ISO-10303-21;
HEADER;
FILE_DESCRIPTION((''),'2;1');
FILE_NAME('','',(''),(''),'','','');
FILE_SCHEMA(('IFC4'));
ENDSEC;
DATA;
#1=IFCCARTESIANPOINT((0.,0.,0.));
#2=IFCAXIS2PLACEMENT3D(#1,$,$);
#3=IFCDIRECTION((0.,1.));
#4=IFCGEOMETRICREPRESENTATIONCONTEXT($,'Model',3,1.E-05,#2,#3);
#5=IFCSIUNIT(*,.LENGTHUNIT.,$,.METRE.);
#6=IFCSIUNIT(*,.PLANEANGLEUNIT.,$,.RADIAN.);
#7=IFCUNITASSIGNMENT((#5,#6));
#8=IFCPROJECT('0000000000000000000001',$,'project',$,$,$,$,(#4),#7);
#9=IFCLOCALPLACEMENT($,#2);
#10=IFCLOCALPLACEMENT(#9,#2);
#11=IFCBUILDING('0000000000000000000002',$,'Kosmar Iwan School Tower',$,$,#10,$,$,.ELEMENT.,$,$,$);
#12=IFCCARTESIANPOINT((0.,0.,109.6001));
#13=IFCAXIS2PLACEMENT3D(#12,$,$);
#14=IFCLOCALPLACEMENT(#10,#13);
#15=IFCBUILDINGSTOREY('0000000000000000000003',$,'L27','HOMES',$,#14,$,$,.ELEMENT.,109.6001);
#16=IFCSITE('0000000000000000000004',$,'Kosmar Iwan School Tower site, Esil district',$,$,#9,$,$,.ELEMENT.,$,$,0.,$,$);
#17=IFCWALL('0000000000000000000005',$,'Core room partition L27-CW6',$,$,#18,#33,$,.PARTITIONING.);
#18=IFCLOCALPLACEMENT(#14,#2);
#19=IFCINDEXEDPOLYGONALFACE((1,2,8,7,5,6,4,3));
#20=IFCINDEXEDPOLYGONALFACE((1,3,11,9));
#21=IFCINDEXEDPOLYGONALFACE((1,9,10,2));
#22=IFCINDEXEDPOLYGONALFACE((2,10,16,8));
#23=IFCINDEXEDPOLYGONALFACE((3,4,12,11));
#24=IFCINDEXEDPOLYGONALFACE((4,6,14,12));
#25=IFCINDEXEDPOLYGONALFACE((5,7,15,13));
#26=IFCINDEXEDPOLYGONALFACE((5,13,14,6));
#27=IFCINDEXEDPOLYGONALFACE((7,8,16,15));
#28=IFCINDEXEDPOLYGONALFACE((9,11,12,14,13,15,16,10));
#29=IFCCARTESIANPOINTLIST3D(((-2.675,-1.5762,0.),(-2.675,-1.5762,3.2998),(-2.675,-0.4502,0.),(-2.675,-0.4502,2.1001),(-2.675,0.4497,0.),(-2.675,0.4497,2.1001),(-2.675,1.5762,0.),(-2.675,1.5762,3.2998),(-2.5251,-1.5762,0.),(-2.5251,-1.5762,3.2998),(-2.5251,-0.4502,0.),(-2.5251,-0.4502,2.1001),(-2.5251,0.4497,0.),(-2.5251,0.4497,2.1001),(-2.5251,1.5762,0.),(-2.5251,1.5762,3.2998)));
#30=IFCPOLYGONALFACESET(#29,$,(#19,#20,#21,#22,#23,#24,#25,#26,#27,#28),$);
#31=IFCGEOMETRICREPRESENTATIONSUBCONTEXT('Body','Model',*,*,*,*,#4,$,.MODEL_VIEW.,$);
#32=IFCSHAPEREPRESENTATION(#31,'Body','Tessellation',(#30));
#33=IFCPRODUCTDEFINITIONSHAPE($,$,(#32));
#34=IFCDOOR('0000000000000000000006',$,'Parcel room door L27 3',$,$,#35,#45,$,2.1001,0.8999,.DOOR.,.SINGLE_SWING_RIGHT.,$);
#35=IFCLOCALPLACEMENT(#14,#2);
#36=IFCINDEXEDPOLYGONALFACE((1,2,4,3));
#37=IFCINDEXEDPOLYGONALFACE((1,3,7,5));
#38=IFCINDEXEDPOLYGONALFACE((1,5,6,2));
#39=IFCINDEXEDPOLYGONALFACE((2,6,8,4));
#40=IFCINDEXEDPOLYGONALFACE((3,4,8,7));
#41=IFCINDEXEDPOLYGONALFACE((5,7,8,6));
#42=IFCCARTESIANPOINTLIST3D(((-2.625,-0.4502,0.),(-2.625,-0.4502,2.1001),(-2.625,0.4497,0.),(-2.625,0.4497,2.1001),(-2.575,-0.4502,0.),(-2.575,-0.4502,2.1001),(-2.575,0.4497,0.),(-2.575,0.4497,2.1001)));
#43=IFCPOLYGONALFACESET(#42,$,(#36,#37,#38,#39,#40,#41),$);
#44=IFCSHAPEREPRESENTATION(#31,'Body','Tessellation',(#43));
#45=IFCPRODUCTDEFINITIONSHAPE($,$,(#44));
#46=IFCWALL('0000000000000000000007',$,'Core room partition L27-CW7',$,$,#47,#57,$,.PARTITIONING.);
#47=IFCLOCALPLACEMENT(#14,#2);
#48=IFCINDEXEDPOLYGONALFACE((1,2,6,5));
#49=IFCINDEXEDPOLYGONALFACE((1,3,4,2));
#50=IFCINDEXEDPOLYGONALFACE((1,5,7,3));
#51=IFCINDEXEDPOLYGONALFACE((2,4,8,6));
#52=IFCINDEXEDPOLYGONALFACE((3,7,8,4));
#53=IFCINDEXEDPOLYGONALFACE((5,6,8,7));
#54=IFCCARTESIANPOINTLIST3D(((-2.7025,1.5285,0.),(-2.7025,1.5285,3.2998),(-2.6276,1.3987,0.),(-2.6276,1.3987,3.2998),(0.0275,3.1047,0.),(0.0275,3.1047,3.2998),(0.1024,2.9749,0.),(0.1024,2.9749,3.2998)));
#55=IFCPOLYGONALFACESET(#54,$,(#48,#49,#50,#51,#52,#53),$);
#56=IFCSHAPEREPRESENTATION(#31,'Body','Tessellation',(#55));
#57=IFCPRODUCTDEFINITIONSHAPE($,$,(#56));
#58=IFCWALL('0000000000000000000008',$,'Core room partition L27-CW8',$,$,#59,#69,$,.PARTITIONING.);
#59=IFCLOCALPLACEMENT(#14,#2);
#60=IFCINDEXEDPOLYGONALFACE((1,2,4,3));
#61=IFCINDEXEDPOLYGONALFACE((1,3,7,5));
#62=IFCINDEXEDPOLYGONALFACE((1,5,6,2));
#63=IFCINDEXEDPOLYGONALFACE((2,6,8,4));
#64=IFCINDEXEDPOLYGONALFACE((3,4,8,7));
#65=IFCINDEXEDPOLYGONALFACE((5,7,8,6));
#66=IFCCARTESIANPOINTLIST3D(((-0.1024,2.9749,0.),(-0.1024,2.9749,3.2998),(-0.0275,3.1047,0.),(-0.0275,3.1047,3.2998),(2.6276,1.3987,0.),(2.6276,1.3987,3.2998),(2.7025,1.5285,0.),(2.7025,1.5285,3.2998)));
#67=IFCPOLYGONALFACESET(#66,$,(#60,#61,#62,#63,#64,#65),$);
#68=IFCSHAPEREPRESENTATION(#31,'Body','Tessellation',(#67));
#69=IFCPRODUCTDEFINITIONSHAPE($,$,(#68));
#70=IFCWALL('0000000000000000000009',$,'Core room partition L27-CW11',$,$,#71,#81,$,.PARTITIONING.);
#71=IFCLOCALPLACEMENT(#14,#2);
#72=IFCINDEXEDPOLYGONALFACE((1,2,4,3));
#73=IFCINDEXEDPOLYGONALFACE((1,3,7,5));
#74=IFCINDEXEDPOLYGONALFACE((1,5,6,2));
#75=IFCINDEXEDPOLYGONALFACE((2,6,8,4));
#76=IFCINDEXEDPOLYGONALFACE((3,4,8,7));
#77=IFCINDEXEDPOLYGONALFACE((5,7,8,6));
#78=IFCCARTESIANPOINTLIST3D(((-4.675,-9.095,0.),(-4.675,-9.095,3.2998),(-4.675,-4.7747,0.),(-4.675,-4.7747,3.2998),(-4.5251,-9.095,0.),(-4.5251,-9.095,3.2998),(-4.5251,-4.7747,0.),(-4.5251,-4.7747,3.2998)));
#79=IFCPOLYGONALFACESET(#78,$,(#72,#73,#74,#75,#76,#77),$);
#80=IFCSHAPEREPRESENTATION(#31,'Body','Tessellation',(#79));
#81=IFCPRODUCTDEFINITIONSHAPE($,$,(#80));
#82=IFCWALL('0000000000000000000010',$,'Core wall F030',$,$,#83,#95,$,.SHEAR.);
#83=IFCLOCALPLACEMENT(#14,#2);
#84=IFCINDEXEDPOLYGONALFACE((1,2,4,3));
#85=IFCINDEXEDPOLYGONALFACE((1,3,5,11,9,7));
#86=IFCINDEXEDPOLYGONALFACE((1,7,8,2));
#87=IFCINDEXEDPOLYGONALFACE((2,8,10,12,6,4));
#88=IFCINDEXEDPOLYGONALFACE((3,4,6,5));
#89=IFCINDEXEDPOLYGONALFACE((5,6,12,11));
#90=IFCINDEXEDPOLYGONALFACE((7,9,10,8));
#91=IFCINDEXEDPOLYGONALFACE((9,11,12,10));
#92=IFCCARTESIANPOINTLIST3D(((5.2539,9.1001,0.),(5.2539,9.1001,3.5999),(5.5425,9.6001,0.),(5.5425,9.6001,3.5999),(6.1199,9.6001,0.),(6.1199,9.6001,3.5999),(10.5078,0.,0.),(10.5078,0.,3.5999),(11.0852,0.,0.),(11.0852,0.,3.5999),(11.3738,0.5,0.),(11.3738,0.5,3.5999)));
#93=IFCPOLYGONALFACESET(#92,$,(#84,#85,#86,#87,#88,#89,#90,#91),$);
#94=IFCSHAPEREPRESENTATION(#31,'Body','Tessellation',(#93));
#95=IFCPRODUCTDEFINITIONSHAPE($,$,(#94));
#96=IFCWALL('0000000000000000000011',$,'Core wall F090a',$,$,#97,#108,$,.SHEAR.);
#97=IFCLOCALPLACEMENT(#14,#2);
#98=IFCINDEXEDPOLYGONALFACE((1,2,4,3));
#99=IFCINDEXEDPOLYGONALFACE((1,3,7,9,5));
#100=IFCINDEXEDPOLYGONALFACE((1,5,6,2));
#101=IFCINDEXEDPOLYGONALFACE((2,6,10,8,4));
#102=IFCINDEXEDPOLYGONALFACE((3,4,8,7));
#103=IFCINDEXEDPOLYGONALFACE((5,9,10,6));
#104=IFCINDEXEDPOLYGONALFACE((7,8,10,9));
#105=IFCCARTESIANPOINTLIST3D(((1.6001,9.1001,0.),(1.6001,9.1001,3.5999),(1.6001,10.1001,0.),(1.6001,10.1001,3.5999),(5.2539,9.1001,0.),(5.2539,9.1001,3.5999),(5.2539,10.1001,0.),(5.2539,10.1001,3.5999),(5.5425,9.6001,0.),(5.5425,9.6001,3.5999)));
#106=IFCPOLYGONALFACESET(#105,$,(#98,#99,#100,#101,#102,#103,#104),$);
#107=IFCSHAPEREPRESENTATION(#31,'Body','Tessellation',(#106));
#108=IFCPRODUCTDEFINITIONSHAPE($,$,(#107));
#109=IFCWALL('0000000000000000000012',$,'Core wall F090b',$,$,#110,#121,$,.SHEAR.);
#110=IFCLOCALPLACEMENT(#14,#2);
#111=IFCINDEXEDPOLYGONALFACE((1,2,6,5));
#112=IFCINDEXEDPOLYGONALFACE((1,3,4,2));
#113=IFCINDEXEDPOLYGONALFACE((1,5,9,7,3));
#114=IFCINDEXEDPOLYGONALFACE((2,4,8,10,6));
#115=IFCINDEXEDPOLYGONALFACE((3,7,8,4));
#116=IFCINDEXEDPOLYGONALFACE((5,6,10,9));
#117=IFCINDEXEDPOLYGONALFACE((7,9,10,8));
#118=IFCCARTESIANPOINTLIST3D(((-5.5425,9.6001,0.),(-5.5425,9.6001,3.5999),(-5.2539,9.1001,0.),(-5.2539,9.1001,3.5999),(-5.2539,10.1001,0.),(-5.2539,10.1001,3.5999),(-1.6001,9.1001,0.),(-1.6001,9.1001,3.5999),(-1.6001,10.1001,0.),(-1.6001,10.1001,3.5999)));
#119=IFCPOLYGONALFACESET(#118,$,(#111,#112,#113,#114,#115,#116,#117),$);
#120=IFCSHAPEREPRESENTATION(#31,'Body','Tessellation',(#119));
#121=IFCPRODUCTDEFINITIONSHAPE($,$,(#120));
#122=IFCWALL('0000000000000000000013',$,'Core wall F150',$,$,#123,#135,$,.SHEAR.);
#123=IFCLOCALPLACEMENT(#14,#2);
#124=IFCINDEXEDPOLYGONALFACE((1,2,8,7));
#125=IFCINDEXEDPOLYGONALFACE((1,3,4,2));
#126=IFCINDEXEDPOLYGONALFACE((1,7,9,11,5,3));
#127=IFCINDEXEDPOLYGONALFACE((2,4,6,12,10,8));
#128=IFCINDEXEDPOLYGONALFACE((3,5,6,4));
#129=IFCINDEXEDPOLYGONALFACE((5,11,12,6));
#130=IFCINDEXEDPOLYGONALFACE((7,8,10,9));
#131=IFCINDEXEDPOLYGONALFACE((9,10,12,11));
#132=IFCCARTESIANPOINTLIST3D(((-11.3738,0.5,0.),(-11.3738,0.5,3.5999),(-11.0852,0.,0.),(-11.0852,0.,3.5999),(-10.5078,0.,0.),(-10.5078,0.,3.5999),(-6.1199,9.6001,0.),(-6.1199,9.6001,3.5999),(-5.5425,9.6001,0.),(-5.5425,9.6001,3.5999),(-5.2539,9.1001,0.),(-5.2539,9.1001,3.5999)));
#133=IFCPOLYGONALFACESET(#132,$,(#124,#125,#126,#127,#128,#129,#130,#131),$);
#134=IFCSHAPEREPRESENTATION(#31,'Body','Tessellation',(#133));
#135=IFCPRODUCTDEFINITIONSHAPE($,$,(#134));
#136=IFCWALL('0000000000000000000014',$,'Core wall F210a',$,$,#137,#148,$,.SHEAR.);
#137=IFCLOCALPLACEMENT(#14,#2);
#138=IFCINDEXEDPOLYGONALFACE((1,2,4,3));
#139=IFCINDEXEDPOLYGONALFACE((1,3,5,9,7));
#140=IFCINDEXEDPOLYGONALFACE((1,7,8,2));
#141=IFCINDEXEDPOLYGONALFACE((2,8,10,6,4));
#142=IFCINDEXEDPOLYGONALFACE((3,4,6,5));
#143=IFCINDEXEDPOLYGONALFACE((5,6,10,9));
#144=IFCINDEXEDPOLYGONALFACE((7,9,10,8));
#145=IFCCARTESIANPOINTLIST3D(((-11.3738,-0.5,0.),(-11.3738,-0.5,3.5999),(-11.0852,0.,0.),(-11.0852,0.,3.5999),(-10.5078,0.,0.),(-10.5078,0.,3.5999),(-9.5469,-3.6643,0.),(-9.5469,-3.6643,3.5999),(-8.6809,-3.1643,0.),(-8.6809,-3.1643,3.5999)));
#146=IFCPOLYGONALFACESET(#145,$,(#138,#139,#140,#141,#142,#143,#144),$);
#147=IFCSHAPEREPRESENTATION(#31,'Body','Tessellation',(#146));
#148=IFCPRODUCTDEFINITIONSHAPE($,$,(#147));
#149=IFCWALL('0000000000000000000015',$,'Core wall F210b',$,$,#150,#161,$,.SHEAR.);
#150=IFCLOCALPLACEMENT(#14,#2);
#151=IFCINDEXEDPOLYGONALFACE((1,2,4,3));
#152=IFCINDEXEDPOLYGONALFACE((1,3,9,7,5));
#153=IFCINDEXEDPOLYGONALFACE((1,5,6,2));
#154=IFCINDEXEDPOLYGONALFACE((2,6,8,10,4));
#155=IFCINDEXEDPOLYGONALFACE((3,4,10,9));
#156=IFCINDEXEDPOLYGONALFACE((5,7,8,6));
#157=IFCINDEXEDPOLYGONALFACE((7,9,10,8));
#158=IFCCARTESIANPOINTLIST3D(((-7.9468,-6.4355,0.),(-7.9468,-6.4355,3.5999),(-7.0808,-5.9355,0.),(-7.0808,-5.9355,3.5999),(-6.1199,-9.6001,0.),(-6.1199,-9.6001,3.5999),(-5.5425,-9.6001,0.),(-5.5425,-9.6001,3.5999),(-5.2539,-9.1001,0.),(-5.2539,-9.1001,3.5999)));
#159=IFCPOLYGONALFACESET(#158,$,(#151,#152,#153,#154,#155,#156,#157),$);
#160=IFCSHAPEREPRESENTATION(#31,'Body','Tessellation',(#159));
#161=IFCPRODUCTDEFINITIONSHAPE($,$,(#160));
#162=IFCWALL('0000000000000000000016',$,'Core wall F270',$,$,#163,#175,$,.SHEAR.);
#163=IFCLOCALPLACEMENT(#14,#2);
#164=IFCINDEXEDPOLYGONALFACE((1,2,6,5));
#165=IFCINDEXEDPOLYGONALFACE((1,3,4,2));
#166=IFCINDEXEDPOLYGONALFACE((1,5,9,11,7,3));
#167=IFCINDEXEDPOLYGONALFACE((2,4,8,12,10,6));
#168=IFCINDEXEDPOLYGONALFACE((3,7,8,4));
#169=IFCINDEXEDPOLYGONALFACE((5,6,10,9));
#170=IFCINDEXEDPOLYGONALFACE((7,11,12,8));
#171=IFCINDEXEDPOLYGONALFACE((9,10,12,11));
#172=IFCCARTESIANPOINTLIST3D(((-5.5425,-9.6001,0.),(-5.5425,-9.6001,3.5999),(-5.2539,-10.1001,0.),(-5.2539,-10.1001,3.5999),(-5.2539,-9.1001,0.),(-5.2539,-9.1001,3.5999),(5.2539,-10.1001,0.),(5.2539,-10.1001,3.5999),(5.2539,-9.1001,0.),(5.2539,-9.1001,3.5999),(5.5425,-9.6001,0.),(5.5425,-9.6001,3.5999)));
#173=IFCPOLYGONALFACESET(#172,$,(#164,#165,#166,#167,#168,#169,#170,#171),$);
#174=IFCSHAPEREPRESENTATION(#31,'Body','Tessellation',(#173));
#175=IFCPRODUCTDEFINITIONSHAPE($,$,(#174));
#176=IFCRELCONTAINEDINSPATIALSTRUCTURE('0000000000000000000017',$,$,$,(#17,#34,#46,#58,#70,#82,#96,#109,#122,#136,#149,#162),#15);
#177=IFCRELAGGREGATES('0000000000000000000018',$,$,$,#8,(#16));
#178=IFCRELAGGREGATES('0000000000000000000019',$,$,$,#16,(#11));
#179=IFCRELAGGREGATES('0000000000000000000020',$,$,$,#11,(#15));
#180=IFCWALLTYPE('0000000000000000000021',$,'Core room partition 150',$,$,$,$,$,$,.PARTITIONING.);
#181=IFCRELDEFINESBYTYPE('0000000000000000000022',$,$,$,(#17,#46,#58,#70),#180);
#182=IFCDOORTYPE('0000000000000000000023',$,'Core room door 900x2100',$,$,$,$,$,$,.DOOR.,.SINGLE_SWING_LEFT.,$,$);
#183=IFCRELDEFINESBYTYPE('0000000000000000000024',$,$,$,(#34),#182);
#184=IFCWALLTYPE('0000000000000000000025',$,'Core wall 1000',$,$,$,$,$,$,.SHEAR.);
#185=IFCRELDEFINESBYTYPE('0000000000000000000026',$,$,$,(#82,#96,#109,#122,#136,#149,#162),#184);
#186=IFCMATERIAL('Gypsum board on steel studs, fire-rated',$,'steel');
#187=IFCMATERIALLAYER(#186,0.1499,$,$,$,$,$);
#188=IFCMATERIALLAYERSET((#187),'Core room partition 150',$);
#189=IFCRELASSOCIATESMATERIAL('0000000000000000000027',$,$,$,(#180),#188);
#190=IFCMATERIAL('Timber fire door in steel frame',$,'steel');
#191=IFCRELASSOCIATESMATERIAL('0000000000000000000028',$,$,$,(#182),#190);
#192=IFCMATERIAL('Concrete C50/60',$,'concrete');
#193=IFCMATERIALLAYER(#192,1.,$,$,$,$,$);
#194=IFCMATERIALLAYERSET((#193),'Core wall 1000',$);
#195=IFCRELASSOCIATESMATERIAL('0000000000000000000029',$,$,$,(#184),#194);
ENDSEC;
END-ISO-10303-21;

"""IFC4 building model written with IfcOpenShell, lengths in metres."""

from ifc_helpers import new_model, si_unit, direction, frame, frame_2d, origin, place, context, subcontext, project, spatial, polyline, rectangle, outline, extrude, material, layer, layer_set, type_object, element, fill, save


model = new_model("IFC4")

# Units and contexts
model_context = context("Model", 3, precision=1e-05, world=origin(), true_north=direction((0.0, 1.0)))
body_context = subcontext(model_context, "Body", "Model", "MODEL_VIEW")
ifc_project = project(units=[si_unit("LENGTHUNIT", "METRE"), si_unit("PLANEANGLEUNIT", "RADIAN")], contexts=[model_context])

# Site, building, storey
site_placement = place(None, origin())
site = spatial("IfcSite", under=ifc_project, at=site_placement, Name="Kosmar Iwan School Tower site, Esil district", CompositionType="ELEMENT", RefElevation=0.0)
building_placement = place(site_placement, origin())
building = spatial("IfcBuilding", under=site, at=building_placement, Name="Kosmar Iwan School Tower", CompositionType="ELEMENT")
storey_placement = place(building_placement, frame((0.0, 0.0, 109.6001)))
storey = spatial("IfcBuildingStorey", under=building, at=storey_placement, Name="L27", Description="HOMES", CompositionType="ELEMENT", Elevation=109.6001)

# Shared definitions
ifc_material_1 = material(Name="Gypsum board on steel studs, fire-rated", Category="steel")
ifc_layer_1 = layer(ifc_material_1, 0.1499)
ifc_layer_set_1 = layer_set([ifc_layer_1], Name="Core room partition 150")
wall_type_1 = type_object("IfcWallType", Name="Core room partition 150", PredefinedType="PARTITIONING", material=ifc_layer_set_1)
ifc_material_2 = material(Name="Timber fire door in steel frame", Category="steel")
door_type_1 = type_object("IfcDoorType", Name="Core room door 900x2100", OperationType="SINGLE_SWING_LEFT", PredefinedType="DOOR", material=ifc_material_2)

# Wall, opening, door
wall_1_placement = place(storey_placement, frame((-2.6001, -1.5762, 0.0), z_axis=(0.0, 0.0, 1.0), x_axis=(0.0, 1.0, 0.0)))
wall_1 = element("IfcWall", 1, at=wall_1_placement, inside=storey, type_object=wall_type_1, Name="Core room partition L27-CW6", PredefinedType="PARTITIONING", context=body_context, shape_type="SweptSolid", body=[
    extrude(rectangle(XDim=3.1523, YDim=0.1499, at=frame_2d((1.5762, 0.0))), origin(), (0.0, 0.0, 1.0), 3.2998),
])
opening_1_placement = place(wall_1_placement, frame((1.126, 0.0, 0.0)))
opening_1 = element("IfcOpeningElement", 2, at=opening_1_placement, cuts=wall_1, PredefinedType="OPENING", context=body_context, shape_type="SweptSolid", body=[
    extrude(rectangle(XDim=0.8999, YDim=2.1001, at=frame_2d((0.45, 1.05))), frame((0.0, 0.0869, 0.0), z_axis=(0.0, -1.0, 0.0), x_axis=(1.0, 0.0, 0.0)), (0.0, 0.0, 1.0), 0.1738),
])
door_1_placement = place(opening_1_placement, origin())
door_1 = element("IfcDoor", 3, at=door_1_placement, inside=storey, type_object=door_type_1, Name="Parcel room door L27 3", OperationType="SINGLE_SWING_RIGHT", OverallHeight=2.1001, OverallWidth=0.8999, PredefinedType="DOOR", context=body_context, shape_type="SweptSolid", body=[
    extrude(rectangle(XDim=0.8999, YDim=2.1001, at=frame_2d((0.45, 1.05))), frame((0.0, 0.0249, 0.0), z_axis=(0.0, -1.0, 0.0), x_axis=(1.0, 0.0, 0.0)), (0.0, 0.0, 1.0), 0.05),
])
fill(opening_1, door_1)

# Walls
for number, where, z_axis, x_axis, name in (
    (4, (-2.665, 1.4636, 0.0), (0.0, 0.0, 1.0), (0.866023, 0.500004, 0.0), "Core room partition L27-CW7"),
    (5, (-0.0649, 3.0398, 0.0), (0.0, 0.0, 1.0), (0.866023, -0.500004, 0.0), "Core room partition L27-CW8"),
):
    element("IfcWall", number, at=place(storey_placement, frame(where, z_axis=z_axis, x_axis=x_axis)), inside=storey, type_object=wall_type_1, Name=name, PredefinedType="PARTITIONING", context=body_context, shape_type="SweptSolid", body=[
        extrude(rectangle(XDim=3.1523, YDim=0.1499, at=frame_2d((1.5762, 0.0))), origin(), (0.0, 0.0, 1.0), 3.2998),
    ])
wall_2_placement = place(storey_placement, frame((-4.6001, -4.7747, 0.0), z_axis=(0.0, 0.0, 1.0), x_axis=(0.0, -1.0, 0.0)))
element("IfcWall", 6, at=wall_2_placement, inside=storey, type_object=wall_type_1, Name="Core room partition L27-CW11", PredefinedType="PARTITIONING", context=body_context, shape_type="SweptSolid", body=[
    extrude(rectangle(XDim=4.3203, YDim=0.1499, at=frame_2d((2.1602, 0.0))), origin(), (0.0, 0.0, 1.0), 3.2998),
])
ifc_material_3 = material(Name="Concrete C50/60", Category="concrete")
ifc_layer_2 = layer(ifc_material_3, 1.0)
ifc_layer_set_2 = layer_set([ifc_layer_2], Name="Core wall 1000")
wall_type_2 = type_object("IfcWallType", Name="Core wall 1000", PredefinedType="SHEAR", material=ifc_layer_set_2)
wall_3_placement = place(storey_placement, origin())
element("IfcWall", 7, at=wall_3_placement, inside=storey, type_object=wall_type_2, Name="Core wall F030", PredefinedType="SHEAR", context=body_context, shape_type="SweptSolid", body=[
    extrude(outline(polyline([(10.5078, 0.0), (11.0852, 0.0), (11.3738, 0.5), (6.1199, 9.6001), (5.5425, 9.6001), (5.2539, 9.1001), (10.5078, 0.0)])), origin(), (0.0, 0.0, 1.0), 3.5999),
])
wall_4_placement = place(storey_placement, origin())
element("IfcWall", 8, at=wall_4_placement, inside=storey, type_object=wall_type_2, Name="Core wall F090a", PredefinedType="SHEAR", context=body_context, shape_type="SweptSolid", body=[
    extrude(outline(polyline([(1.6001, 9.1001), (5.2539, 9.1001), (5.5425, 9.6001), (5.2539, 10.1001), (1.6001, 10.1001), (1.6001, 9.1001)])), origin(), (0.0, 0.0, 1.0), 3.5999),
])
wall_5_placement = place(storey_placement, origin())
element("IfcWall", 9, at=wall_5_placement, inside=storey, type_object=wall_type_2, Name="Core wall F090b", PredefinedType="SHEAR", context=body_context, shape_type="SweptSolid", body=[
    extrude(outline(polyline([(-5.2539, 9.1001), (-1.6001, 9.1001), (-1.6001, 10.1001), (-5.2539, 10.1001), (-5.5425, 9.6001), (-5.2539, 9.1001)])), origin(), (0.0, 0.0, 1.0), 3.5999),
])
wall_6_placement = place(storey_placement, origin())
element("IfcWall", 10, at=wall_6_placement, inside=storey, type_object=wall_type_2, Name="Core wall F150", PredefinedType="SHEAR", context=body_context, shape_type="SweptSolid", body=[
    extrude(outline(polyline([(-11.0852, 0.0), (-10.5078, 0.0), (-5.2539, 9.1001), (-5.5425, 9.6001), (-6.1199, 9.6001), (-11.3738, 0.5), (-11.0852, 0.0)])), origin(), (0.0, 0.0, 1.0), 3.5999),
])
wall_7_placement = place(storey_placement, origin())
element("IfcWall", 11, at=wall_7_placement, inside=storey, type_object=wall_type_2, Name="Core wall F210a", PredefinedType="SHEAR", context=body_context, shape_type="SweptSolid", body=[
    extrude(outline(polyline([(-9.5469, -3.6643), (-8.6809, -3.1643), (-10.5078, 0.0), (-11.0852, 0.0), (-11.3738, -0.5), (-9.5469, -3.6643)])), origin(), (0.0, 0.0, 1.0), 3.5999),
])
wall_8_placement = place(storey_placement, origin())
element("IfcWall", 12, at=wall_8_placement, inside=storey, type_object=wall_type_2, Name="Core wall F210b", PredefinedType="SHEAR", context=body_context, shape_type="SweptSolid", body=[
    extrude(outline(polyline([(-6.1199, -9.6001), (-5.5425, -9.6001), (-5.2539, -9.1001), (-7.0808, -5.9355), (-7.9468, -6.4355), (-6.1199, -9.6001)])), origin(), (0.0, 0.0, 1.0), 3.5999),
])
wall_9_placement = place(storey_placement, origin())
element("IfcWall", 13, at=wall_9_placement, inside=storey, type_object=wall_type_2, Name="Core wall F270", PredefinedType="SHEAR", context=body_context, shape_type="SweptSolid", body=[
    extrude(outline(polyline([(-5.2539, -10.1001), (5.2539, -10.1001), (5.5425, -9.6001), (5.2539, -9.1001), (-5.2539, -9.1001), (-5.5425, -9.6001), (-5.2539, -10.1001)])), origin(), (0.0, 0.0, 1.0), 3.5999),
])

save(model, "model.ifc")
